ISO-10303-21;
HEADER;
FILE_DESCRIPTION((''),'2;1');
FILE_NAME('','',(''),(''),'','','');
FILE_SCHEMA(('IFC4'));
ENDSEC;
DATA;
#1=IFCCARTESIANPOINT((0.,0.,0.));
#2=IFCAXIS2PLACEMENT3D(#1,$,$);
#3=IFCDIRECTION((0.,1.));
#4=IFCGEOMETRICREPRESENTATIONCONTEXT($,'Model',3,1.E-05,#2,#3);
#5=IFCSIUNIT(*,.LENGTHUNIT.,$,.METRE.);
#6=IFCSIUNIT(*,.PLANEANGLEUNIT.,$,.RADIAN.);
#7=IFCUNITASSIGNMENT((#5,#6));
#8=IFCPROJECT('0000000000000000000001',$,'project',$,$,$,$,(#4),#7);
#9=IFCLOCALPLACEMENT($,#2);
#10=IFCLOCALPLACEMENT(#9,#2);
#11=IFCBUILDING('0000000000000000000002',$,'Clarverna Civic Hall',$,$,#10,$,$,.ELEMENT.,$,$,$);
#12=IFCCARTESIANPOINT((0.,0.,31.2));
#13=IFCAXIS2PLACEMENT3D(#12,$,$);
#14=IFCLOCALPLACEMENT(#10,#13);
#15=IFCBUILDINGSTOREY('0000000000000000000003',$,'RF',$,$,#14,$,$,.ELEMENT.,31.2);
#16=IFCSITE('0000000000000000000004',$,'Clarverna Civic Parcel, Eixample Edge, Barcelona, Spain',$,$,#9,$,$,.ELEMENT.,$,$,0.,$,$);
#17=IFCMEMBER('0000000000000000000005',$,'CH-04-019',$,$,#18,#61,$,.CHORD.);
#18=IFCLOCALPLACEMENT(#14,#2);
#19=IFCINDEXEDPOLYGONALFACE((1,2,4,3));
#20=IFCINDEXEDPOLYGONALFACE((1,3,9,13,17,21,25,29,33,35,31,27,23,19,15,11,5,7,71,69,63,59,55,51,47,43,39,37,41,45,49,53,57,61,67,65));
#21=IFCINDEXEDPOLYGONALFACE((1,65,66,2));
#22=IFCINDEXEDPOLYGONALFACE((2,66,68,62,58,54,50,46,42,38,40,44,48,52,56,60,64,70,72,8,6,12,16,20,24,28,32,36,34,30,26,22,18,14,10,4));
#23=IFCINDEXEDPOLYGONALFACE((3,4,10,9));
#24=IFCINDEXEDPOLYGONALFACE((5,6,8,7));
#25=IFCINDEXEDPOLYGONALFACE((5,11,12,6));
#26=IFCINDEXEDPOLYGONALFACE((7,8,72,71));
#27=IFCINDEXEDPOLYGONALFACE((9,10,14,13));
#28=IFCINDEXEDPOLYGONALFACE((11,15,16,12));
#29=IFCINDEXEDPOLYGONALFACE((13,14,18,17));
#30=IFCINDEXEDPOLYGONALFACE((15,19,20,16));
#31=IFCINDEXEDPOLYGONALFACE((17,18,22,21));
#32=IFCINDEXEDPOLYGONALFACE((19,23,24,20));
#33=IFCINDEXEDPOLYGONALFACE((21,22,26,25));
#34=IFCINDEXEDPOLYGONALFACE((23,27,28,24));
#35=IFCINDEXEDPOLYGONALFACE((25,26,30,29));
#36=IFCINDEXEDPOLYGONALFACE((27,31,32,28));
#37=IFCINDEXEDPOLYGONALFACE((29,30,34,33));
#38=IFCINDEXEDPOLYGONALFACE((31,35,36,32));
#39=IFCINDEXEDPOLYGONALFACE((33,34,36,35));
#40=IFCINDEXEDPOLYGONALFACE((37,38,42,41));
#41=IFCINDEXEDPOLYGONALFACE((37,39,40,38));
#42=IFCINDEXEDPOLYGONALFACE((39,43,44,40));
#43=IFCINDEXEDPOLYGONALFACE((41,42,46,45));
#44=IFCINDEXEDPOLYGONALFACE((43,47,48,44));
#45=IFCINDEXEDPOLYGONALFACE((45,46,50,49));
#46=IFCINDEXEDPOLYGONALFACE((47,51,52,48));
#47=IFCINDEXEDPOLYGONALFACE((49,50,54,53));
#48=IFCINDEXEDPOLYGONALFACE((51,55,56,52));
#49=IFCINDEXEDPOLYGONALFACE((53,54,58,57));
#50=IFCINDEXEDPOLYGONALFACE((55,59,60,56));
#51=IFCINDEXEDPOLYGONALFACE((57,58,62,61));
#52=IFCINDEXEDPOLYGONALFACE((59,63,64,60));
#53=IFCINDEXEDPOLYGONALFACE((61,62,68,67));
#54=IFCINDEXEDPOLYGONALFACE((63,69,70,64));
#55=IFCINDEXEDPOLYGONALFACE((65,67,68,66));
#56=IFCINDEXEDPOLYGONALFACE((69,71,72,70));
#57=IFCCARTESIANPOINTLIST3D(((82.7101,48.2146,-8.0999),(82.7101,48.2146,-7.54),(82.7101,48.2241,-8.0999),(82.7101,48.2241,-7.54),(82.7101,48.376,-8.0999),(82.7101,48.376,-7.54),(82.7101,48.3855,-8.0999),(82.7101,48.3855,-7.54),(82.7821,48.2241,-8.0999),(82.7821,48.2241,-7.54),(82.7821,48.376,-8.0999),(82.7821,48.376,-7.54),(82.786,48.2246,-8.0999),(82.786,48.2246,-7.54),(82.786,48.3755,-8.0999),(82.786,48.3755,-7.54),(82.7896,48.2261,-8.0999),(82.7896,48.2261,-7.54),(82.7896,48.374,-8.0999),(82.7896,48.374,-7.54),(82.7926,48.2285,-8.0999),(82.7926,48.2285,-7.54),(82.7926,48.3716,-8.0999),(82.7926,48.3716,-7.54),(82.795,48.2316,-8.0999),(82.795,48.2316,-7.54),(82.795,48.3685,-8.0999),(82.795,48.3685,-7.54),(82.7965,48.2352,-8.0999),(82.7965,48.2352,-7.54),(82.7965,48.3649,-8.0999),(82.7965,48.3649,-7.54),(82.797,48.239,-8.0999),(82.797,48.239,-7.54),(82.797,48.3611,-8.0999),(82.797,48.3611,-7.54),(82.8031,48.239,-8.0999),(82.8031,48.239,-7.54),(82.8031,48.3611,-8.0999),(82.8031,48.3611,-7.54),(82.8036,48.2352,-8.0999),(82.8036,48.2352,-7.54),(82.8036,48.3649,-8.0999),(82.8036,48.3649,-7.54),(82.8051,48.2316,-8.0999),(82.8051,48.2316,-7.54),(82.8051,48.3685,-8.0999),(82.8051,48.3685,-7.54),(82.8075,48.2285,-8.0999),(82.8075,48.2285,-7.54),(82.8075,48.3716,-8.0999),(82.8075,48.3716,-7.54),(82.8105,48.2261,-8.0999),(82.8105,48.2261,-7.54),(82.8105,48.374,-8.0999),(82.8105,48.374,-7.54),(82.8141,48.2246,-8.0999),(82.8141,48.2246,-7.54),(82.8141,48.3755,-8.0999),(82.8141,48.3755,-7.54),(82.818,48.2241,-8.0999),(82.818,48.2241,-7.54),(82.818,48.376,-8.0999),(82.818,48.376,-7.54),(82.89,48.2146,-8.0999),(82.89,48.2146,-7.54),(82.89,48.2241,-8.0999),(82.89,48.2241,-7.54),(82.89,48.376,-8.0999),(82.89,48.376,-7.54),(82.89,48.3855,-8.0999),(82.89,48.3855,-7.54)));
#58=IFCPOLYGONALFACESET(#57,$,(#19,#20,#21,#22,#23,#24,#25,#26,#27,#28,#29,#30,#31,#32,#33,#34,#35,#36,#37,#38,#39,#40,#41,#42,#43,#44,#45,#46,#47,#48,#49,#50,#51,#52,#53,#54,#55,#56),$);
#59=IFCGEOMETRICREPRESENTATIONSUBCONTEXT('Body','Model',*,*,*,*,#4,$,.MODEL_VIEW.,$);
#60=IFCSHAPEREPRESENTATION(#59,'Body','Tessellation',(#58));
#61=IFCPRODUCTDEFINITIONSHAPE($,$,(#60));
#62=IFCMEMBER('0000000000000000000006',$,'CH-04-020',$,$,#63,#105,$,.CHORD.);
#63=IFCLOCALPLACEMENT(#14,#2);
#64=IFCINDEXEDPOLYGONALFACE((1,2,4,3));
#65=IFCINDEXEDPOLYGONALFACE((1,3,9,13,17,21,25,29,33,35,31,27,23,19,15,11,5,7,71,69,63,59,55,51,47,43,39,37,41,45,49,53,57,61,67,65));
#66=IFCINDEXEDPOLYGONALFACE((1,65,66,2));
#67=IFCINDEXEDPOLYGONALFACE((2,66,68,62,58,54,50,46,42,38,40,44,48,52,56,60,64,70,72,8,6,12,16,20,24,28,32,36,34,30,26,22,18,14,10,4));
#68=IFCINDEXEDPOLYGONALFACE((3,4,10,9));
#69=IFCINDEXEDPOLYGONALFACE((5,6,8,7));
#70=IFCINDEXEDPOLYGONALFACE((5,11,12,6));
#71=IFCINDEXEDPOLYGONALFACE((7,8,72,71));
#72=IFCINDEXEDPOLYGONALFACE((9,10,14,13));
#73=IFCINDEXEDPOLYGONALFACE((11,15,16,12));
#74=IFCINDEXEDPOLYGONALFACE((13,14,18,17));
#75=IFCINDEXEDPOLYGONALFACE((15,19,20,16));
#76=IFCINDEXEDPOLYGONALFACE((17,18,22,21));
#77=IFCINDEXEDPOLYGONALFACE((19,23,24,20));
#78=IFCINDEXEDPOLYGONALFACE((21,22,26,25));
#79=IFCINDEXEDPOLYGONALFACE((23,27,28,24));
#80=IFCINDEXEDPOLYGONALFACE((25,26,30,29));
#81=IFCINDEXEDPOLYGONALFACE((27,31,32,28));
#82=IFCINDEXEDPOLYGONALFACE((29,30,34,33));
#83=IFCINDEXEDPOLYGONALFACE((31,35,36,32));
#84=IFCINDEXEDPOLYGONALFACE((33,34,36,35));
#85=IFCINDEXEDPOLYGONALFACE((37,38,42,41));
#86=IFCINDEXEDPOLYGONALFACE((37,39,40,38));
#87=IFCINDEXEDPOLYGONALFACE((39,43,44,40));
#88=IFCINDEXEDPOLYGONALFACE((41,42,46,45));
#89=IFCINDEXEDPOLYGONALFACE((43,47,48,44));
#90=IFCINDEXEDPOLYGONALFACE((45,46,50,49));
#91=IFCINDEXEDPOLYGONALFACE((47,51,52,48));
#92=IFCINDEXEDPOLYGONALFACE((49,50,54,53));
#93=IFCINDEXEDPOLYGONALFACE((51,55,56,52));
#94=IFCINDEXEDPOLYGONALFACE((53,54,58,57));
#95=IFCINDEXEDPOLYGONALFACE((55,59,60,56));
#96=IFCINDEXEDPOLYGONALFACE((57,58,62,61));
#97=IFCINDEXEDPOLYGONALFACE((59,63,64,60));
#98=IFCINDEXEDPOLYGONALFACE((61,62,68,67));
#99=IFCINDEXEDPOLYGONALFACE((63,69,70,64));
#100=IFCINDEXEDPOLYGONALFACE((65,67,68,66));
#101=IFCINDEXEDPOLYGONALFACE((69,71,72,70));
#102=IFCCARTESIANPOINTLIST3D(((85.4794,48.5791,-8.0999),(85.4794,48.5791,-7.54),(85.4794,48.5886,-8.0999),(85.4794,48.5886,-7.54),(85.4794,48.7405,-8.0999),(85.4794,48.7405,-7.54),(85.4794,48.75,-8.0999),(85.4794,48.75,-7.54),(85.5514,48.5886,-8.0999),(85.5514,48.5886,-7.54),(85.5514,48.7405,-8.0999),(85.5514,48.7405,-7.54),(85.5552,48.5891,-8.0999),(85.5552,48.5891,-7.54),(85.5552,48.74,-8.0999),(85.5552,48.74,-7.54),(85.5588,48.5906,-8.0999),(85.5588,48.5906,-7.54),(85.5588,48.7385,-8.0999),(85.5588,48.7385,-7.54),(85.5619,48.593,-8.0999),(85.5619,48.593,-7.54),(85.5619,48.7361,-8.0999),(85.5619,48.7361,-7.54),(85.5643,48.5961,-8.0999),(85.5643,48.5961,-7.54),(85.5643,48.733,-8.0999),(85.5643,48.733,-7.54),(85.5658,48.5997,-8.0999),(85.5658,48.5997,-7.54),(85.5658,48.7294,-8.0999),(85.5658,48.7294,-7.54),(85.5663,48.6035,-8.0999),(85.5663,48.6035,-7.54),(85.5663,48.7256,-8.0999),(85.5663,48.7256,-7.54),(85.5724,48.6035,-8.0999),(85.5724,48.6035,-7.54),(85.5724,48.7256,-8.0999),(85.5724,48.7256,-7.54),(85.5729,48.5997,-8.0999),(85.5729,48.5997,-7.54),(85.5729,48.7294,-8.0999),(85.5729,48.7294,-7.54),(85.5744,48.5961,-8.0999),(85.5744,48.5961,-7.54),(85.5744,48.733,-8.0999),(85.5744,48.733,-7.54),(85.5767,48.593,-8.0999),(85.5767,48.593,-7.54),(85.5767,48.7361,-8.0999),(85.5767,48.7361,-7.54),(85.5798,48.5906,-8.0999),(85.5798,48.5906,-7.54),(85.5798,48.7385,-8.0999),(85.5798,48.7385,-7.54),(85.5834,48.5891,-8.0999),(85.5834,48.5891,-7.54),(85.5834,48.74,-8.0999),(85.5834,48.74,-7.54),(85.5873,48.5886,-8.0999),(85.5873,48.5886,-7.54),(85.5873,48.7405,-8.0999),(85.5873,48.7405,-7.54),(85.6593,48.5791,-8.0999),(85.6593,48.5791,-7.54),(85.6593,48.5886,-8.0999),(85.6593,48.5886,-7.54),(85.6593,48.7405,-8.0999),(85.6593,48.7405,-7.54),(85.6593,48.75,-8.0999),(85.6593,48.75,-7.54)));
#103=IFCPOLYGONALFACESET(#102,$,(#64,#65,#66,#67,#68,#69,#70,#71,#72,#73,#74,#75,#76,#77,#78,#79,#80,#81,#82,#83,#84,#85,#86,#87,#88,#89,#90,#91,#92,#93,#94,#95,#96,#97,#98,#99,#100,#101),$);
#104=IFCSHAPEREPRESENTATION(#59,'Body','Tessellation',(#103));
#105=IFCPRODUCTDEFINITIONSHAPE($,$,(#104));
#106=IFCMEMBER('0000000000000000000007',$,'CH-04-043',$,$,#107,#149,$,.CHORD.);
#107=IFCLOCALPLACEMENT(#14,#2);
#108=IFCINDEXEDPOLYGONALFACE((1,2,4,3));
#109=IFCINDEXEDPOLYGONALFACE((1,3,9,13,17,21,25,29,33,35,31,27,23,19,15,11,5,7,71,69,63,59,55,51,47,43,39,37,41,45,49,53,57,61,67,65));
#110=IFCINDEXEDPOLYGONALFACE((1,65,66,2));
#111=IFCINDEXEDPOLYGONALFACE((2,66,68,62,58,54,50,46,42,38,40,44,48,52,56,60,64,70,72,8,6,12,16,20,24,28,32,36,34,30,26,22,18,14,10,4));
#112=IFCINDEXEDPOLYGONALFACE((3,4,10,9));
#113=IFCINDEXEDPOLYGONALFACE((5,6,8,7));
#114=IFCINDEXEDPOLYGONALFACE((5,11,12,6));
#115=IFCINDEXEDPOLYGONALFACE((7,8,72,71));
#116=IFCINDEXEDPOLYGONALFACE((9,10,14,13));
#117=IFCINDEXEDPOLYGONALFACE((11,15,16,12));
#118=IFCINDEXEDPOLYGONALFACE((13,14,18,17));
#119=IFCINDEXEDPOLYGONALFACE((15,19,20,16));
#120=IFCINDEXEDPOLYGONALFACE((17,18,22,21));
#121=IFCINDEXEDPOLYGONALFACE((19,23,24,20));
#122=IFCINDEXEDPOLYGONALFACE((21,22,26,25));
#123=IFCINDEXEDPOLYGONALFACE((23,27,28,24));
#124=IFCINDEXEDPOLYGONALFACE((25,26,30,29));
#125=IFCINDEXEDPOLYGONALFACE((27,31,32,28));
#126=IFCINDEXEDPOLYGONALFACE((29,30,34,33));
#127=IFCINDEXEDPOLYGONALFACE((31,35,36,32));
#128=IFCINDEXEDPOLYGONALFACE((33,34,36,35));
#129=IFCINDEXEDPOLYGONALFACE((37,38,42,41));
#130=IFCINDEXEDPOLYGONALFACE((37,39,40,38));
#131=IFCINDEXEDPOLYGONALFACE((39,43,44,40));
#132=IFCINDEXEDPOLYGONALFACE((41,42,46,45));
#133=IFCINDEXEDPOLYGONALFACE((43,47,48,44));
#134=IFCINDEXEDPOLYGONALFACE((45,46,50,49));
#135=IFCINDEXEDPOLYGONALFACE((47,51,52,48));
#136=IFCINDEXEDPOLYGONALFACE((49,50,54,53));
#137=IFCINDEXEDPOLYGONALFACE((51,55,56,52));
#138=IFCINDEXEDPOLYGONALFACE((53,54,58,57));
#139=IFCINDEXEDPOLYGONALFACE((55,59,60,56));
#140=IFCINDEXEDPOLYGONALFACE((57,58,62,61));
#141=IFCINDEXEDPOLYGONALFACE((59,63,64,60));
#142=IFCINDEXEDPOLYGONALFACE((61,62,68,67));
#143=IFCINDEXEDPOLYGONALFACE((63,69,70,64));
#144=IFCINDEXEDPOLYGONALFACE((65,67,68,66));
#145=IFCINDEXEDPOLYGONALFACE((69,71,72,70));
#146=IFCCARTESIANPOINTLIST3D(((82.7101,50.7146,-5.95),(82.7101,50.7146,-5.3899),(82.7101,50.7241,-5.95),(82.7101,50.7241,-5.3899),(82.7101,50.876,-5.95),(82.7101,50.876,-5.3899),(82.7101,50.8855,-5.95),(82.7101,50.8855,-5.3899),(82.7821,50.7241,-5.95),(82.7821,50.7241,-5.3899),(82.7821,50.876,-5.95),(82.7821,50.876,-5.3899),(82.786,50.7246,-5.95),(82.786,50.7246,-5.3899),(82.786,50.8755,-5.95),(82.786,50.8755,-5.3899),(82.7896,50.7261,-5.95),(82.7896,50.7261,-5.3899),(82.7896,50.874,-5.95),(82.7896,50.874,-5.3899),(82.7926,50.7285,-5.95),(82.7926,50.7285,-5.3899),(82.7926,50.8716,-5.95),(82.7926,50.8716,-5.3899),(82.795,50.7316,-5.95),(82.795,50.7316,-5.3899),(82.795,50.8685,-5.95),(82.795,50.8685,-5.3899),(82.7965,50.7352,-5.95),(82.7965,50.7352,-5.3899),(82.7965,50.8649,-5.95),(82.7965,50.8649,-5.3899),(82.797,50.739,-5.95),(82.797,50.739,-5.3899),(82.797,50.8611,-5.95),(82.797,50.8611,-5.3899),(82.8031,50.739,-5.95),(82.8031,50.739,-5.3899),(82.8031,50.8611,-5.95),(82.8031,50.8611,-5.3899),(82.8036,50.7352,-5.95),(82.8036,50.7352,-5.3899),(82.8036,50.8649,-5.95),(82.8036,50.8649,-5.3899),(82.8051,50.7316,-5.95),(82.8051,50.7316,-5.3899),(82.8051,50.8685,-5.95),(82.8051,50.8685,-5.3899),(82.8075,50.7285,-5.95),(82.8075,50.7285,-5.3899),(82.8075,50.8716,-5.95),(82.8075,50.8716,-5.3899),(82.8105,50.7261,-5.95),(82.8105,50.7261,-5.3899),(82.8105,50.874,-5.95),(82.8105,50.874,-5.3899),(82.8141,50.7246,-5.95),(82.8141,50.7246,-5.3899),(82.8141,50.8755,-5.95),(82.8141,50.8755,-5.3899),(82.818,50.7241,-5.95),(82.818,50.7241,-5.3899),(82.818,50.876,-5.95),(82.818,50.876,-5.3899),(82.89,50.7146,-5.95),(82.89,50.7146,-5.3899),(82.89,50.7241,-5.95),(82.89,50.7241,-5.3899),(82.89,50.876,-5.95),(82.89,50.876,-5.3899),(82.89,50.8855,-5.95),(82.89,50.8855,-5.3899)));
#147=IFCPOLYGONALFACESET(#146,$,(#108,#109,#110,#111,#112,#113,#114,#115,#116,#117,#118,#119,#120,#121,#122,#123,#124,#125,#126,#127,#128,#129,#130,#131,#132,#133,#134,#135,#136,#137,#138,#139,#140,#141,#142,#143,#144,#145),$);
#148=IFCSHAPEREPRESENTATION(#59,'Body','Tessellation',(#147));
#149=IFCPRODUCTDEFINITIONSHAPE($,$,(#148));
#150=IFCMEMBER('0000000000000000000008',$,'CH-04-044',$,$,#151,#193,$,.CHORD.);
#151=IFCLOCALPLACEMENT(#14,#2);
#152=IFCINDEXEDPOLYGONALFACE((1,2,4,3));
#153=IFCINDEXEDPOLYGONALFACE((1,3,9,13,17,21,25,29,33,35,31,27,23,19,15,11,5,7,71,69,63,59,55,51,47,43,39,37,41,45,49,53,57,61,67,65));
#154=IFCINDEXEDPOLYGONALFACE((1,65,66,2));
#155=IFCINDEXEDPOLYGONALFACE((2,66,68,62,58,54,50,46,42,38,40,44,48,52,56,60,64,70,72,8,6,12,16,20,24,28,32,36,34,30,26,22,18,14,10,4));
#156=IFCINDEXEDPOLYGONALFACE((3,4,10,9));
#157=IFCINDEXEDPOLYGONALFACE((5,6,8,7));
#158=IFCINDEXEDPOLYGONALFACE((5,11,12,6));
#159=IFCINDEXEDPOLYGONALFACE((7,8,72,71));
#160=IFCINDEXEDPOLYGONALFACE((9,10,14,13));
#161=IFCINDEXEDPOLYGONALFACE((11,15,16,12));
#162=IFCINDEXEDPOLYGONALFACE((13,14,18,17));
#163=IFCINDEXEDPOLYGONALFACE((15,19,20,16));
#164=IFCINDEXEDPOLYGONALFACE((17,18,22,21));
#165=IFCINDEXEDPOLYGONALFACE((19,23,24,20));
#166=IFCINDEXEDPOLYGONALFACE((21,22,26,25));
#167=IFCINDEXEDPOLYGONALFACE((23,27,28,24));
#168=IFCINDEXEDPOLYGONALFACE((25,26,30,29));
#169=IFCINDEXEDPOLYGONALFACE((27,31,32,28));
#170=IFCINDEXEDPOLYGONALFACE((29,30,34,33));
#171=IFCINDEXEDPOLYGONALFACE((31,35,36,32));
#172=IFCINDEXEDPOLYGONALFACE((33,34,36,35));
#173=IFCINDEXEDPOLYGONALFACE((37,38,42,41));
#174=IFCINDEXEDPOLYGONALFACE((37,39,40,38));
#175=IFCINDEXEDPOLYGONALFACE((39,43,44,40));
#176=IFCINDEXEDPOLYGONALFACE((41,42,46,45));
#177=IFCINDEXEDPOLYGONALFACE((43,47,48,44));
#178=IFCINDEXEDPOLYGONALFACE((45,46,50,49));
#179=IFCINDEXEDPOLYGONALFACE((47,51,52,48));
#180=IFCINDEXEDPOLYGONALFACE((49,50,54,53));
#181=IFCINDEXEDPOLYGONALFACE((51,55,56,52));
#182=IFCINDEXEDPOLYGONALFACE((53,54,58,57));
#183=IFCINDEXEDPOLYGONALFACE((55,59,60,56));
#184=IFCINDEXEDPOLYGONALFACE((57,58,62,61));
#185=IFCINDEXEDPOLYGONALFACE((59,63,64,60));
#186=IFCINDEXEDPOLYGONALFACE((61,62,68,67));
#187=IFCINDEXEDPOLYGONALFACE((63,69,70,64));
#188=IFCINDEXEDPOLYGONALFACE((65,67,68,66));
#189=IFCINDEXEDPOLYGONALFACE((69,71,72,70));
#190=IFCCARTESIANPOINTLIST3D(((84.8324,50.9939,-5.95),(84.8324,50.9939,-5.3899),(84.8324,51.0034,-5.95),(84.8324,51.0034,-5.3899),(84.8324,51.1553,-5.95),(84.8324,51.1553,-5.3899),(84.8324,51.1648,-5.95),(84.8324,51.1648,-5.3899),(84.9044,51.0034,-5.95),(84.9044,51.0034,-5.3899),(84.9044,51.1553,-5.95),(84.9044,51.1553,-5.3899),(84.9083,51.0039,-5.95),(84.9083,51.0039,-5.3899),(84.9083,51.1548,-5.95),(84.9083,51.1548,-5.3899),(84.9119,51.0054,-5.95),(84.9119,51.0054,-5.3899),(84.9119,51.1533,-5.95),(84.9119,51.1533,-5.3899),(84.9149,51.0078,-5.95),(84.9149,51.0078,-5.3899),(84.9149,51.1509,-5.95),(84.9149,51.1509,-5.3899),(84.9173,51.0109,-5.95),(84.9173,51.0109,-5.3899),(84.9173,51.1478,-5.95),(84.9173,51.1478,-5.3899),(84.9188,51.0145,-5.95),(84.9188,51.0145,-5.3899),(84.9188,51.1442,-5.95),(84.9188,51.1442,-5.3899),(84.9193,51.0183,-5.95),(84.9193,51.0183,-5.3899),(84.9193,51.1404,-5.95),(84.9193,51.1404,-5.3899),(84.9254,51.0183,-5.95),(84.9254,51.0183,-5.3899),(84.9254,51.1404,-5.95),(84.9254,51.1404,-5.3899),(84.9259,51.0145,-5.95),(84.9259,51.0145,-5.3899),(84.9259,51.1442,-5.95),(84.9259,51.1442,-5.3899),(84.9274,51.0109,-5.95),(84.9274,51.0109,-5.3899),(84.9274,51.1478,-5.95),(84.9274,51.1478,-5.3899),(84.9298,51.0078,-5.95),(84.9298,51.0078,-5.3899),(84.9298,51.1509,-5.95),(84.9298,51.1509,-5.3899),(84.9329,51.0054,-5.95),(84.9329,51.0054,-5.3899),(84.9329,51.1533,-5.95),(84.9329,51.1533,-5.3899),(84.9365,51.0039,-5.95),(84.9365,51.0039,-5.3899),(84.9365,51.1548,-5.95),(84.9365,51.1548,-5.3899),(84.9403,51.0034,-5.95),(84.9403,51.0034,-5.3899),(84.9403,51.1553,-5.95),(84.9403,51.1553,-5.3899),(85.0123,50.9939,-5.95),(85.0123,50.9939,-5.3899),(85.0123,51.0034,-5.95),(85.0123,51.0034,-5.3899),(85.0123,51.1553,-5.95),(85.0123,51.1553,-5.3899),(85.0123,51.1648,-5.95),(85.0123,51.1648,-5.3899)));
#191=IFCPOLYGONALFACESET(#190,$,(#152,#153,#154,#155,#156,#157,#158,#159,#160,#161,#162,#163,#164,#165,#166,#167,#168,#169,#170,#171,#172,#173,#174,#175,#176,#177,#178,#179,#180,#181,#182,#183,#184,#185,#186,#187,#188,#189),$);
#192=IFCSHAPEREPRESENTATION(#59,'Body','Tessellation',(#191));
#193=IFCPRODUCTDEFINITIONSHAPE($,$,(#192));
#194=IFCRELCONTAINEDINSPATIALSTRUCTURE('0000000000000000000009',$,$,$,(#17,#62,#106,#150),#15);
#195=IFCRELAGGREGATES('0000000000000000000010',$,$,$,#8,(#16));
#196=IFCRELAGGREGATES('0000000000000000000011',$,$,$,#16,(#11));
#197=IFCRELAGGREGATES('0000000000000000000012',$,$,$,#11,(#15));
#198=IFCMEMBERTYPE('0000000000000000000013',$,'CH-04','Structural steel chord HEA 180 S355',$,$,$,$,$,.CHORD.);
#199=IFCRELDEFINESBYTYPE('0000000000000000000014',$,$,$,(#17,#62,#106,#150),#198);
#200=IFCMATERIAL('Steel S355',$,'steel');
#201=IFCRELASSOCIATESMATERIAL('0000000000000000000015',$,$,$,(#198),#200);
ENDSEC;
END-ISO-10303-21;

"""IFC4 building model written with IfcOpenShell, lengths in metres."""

from ifc_helpers import new_model, si_unit, direction, frame, origin, origin_2d, place, context, subcontext, project, spatial, i_section, extrude, material, material_profile, profile_set, type_object, element, save


model = new_model("IFC4")

# Units and contexts
model_context = context("Model", 3, precision=1e-05, world=origin(), true_north=direction((0.0, 1.0)))
body_context = subcontext(model_context, "Body", "Model", "MODEL_VIEW")
ifc_project = project(units=[si_unit("LENGTHUNIT", "METRE"), si_unit("PLANEANGLEUNIT", "RADIAN")], contexts=[model_context])

# Site, building, storey
site_placement = place(None, origin())
site = spatial("IfcSite", under=ifc_project, at=site_placement, Name="Clarverna Civic Parcel, Eixample Edge, Barcelona, Spain", CompositionType="ELEMENT", RefElevation=0.0)
building_placement = place(site_placement, origin())
building = spatial("IfcBuilding", under=site, at=building_placement, Name="Clarverna Civic Hall", CompositionType="ELEMENT")
storey_placement = place(building_placement, frame((0.0, 0.0, 31.2)))
storey = spatial("IfcBuildingStorey", under=building, at=storey_placement, Name="RF", CompositionType="ELEMENT", Elevation=31.2)

# Members
ifc_material_1 = material(Name="Steel S355", Category="steel")
ifc_material_profile_1 = material_profile(ifc_material_1, i_section(OverallWidth=0.1799, OverallDepth=0.1709, WebThickness=0.0061, FlangeThickness=0.0095, FilletRadius=0.0149, at=origin_2d()), Name="HEA 180")
ifc_profile_set_1 = profile_set([ifc_material_profile_1], Name="Steel S355")
member_type_1 = type_object("IfcMemberType", Name="CH-04", Description="Structural steel chord HEA 180 S355", PredefinedType="CHORD", material=ifc_profile_set_1)
for number, where, z_axis, x_axis, name in (
    (1, (82.8, 48.3, -8.0999), (0.0, 0.0, 1.0), (1.0, 0.0, 0.0), "CH-04-019"),
    (2, (85.5693, 48.6646, -8.0999), (0.0, 0.0, 1.0), (1.0, 0.0, 0.0), "CH-04-020"),
):
    element("IfcMember", number, at=place(storey_placement, frame(where, z_axis=z_axis, x_axis=x_axis)), inside=storey, type_object=member_type_1, Name=name, PredefinedType="CHORD", context=body_context, shape_type="SweptSolid", body=[
        extrude(i_section(OverallWidth=0.1799, OverallDepth=0.1709, WebThickness=0.0061, FlangeThickness=0.0095, FilletRadius=0.0149, at=origin_2d()), origin(), (0.0, 0.0, 1.0), 0.5598),
    ])
for number, where, z_axis, x_axis, name in (
    (3, (82.8, 50.8, -5.95), (0.0, 0.0, 1.0), (1.0, 0.0, 0.0), "CH-04-043"),
    (4, (84.9224, 51.0793, -5.95), (0.0, 0.0, 1.0), (1.0, 0.0, 0.0), "CH-04-044"),
):
    element("IfcMember", number, at=place(storey_placement, frame(where, z_axis=z_axis, x_axis=x_axis)), inside=storey, type_object=member_type_1, Name=name, PredefinedType="CHORD", context=body_context, shape_type="SweptSolid", body=[
        extrude(i_section(OverallWidth=0.1799, OverallDepth=0.1709, WebThickness=0.0061, FlangeThickness=0.0095, FilletRadius=0.0149, at=origin_2d()), origin(), (0.0, 0.0, 1.0), 0.5601),
    ])

save(model, "model.ifc")
